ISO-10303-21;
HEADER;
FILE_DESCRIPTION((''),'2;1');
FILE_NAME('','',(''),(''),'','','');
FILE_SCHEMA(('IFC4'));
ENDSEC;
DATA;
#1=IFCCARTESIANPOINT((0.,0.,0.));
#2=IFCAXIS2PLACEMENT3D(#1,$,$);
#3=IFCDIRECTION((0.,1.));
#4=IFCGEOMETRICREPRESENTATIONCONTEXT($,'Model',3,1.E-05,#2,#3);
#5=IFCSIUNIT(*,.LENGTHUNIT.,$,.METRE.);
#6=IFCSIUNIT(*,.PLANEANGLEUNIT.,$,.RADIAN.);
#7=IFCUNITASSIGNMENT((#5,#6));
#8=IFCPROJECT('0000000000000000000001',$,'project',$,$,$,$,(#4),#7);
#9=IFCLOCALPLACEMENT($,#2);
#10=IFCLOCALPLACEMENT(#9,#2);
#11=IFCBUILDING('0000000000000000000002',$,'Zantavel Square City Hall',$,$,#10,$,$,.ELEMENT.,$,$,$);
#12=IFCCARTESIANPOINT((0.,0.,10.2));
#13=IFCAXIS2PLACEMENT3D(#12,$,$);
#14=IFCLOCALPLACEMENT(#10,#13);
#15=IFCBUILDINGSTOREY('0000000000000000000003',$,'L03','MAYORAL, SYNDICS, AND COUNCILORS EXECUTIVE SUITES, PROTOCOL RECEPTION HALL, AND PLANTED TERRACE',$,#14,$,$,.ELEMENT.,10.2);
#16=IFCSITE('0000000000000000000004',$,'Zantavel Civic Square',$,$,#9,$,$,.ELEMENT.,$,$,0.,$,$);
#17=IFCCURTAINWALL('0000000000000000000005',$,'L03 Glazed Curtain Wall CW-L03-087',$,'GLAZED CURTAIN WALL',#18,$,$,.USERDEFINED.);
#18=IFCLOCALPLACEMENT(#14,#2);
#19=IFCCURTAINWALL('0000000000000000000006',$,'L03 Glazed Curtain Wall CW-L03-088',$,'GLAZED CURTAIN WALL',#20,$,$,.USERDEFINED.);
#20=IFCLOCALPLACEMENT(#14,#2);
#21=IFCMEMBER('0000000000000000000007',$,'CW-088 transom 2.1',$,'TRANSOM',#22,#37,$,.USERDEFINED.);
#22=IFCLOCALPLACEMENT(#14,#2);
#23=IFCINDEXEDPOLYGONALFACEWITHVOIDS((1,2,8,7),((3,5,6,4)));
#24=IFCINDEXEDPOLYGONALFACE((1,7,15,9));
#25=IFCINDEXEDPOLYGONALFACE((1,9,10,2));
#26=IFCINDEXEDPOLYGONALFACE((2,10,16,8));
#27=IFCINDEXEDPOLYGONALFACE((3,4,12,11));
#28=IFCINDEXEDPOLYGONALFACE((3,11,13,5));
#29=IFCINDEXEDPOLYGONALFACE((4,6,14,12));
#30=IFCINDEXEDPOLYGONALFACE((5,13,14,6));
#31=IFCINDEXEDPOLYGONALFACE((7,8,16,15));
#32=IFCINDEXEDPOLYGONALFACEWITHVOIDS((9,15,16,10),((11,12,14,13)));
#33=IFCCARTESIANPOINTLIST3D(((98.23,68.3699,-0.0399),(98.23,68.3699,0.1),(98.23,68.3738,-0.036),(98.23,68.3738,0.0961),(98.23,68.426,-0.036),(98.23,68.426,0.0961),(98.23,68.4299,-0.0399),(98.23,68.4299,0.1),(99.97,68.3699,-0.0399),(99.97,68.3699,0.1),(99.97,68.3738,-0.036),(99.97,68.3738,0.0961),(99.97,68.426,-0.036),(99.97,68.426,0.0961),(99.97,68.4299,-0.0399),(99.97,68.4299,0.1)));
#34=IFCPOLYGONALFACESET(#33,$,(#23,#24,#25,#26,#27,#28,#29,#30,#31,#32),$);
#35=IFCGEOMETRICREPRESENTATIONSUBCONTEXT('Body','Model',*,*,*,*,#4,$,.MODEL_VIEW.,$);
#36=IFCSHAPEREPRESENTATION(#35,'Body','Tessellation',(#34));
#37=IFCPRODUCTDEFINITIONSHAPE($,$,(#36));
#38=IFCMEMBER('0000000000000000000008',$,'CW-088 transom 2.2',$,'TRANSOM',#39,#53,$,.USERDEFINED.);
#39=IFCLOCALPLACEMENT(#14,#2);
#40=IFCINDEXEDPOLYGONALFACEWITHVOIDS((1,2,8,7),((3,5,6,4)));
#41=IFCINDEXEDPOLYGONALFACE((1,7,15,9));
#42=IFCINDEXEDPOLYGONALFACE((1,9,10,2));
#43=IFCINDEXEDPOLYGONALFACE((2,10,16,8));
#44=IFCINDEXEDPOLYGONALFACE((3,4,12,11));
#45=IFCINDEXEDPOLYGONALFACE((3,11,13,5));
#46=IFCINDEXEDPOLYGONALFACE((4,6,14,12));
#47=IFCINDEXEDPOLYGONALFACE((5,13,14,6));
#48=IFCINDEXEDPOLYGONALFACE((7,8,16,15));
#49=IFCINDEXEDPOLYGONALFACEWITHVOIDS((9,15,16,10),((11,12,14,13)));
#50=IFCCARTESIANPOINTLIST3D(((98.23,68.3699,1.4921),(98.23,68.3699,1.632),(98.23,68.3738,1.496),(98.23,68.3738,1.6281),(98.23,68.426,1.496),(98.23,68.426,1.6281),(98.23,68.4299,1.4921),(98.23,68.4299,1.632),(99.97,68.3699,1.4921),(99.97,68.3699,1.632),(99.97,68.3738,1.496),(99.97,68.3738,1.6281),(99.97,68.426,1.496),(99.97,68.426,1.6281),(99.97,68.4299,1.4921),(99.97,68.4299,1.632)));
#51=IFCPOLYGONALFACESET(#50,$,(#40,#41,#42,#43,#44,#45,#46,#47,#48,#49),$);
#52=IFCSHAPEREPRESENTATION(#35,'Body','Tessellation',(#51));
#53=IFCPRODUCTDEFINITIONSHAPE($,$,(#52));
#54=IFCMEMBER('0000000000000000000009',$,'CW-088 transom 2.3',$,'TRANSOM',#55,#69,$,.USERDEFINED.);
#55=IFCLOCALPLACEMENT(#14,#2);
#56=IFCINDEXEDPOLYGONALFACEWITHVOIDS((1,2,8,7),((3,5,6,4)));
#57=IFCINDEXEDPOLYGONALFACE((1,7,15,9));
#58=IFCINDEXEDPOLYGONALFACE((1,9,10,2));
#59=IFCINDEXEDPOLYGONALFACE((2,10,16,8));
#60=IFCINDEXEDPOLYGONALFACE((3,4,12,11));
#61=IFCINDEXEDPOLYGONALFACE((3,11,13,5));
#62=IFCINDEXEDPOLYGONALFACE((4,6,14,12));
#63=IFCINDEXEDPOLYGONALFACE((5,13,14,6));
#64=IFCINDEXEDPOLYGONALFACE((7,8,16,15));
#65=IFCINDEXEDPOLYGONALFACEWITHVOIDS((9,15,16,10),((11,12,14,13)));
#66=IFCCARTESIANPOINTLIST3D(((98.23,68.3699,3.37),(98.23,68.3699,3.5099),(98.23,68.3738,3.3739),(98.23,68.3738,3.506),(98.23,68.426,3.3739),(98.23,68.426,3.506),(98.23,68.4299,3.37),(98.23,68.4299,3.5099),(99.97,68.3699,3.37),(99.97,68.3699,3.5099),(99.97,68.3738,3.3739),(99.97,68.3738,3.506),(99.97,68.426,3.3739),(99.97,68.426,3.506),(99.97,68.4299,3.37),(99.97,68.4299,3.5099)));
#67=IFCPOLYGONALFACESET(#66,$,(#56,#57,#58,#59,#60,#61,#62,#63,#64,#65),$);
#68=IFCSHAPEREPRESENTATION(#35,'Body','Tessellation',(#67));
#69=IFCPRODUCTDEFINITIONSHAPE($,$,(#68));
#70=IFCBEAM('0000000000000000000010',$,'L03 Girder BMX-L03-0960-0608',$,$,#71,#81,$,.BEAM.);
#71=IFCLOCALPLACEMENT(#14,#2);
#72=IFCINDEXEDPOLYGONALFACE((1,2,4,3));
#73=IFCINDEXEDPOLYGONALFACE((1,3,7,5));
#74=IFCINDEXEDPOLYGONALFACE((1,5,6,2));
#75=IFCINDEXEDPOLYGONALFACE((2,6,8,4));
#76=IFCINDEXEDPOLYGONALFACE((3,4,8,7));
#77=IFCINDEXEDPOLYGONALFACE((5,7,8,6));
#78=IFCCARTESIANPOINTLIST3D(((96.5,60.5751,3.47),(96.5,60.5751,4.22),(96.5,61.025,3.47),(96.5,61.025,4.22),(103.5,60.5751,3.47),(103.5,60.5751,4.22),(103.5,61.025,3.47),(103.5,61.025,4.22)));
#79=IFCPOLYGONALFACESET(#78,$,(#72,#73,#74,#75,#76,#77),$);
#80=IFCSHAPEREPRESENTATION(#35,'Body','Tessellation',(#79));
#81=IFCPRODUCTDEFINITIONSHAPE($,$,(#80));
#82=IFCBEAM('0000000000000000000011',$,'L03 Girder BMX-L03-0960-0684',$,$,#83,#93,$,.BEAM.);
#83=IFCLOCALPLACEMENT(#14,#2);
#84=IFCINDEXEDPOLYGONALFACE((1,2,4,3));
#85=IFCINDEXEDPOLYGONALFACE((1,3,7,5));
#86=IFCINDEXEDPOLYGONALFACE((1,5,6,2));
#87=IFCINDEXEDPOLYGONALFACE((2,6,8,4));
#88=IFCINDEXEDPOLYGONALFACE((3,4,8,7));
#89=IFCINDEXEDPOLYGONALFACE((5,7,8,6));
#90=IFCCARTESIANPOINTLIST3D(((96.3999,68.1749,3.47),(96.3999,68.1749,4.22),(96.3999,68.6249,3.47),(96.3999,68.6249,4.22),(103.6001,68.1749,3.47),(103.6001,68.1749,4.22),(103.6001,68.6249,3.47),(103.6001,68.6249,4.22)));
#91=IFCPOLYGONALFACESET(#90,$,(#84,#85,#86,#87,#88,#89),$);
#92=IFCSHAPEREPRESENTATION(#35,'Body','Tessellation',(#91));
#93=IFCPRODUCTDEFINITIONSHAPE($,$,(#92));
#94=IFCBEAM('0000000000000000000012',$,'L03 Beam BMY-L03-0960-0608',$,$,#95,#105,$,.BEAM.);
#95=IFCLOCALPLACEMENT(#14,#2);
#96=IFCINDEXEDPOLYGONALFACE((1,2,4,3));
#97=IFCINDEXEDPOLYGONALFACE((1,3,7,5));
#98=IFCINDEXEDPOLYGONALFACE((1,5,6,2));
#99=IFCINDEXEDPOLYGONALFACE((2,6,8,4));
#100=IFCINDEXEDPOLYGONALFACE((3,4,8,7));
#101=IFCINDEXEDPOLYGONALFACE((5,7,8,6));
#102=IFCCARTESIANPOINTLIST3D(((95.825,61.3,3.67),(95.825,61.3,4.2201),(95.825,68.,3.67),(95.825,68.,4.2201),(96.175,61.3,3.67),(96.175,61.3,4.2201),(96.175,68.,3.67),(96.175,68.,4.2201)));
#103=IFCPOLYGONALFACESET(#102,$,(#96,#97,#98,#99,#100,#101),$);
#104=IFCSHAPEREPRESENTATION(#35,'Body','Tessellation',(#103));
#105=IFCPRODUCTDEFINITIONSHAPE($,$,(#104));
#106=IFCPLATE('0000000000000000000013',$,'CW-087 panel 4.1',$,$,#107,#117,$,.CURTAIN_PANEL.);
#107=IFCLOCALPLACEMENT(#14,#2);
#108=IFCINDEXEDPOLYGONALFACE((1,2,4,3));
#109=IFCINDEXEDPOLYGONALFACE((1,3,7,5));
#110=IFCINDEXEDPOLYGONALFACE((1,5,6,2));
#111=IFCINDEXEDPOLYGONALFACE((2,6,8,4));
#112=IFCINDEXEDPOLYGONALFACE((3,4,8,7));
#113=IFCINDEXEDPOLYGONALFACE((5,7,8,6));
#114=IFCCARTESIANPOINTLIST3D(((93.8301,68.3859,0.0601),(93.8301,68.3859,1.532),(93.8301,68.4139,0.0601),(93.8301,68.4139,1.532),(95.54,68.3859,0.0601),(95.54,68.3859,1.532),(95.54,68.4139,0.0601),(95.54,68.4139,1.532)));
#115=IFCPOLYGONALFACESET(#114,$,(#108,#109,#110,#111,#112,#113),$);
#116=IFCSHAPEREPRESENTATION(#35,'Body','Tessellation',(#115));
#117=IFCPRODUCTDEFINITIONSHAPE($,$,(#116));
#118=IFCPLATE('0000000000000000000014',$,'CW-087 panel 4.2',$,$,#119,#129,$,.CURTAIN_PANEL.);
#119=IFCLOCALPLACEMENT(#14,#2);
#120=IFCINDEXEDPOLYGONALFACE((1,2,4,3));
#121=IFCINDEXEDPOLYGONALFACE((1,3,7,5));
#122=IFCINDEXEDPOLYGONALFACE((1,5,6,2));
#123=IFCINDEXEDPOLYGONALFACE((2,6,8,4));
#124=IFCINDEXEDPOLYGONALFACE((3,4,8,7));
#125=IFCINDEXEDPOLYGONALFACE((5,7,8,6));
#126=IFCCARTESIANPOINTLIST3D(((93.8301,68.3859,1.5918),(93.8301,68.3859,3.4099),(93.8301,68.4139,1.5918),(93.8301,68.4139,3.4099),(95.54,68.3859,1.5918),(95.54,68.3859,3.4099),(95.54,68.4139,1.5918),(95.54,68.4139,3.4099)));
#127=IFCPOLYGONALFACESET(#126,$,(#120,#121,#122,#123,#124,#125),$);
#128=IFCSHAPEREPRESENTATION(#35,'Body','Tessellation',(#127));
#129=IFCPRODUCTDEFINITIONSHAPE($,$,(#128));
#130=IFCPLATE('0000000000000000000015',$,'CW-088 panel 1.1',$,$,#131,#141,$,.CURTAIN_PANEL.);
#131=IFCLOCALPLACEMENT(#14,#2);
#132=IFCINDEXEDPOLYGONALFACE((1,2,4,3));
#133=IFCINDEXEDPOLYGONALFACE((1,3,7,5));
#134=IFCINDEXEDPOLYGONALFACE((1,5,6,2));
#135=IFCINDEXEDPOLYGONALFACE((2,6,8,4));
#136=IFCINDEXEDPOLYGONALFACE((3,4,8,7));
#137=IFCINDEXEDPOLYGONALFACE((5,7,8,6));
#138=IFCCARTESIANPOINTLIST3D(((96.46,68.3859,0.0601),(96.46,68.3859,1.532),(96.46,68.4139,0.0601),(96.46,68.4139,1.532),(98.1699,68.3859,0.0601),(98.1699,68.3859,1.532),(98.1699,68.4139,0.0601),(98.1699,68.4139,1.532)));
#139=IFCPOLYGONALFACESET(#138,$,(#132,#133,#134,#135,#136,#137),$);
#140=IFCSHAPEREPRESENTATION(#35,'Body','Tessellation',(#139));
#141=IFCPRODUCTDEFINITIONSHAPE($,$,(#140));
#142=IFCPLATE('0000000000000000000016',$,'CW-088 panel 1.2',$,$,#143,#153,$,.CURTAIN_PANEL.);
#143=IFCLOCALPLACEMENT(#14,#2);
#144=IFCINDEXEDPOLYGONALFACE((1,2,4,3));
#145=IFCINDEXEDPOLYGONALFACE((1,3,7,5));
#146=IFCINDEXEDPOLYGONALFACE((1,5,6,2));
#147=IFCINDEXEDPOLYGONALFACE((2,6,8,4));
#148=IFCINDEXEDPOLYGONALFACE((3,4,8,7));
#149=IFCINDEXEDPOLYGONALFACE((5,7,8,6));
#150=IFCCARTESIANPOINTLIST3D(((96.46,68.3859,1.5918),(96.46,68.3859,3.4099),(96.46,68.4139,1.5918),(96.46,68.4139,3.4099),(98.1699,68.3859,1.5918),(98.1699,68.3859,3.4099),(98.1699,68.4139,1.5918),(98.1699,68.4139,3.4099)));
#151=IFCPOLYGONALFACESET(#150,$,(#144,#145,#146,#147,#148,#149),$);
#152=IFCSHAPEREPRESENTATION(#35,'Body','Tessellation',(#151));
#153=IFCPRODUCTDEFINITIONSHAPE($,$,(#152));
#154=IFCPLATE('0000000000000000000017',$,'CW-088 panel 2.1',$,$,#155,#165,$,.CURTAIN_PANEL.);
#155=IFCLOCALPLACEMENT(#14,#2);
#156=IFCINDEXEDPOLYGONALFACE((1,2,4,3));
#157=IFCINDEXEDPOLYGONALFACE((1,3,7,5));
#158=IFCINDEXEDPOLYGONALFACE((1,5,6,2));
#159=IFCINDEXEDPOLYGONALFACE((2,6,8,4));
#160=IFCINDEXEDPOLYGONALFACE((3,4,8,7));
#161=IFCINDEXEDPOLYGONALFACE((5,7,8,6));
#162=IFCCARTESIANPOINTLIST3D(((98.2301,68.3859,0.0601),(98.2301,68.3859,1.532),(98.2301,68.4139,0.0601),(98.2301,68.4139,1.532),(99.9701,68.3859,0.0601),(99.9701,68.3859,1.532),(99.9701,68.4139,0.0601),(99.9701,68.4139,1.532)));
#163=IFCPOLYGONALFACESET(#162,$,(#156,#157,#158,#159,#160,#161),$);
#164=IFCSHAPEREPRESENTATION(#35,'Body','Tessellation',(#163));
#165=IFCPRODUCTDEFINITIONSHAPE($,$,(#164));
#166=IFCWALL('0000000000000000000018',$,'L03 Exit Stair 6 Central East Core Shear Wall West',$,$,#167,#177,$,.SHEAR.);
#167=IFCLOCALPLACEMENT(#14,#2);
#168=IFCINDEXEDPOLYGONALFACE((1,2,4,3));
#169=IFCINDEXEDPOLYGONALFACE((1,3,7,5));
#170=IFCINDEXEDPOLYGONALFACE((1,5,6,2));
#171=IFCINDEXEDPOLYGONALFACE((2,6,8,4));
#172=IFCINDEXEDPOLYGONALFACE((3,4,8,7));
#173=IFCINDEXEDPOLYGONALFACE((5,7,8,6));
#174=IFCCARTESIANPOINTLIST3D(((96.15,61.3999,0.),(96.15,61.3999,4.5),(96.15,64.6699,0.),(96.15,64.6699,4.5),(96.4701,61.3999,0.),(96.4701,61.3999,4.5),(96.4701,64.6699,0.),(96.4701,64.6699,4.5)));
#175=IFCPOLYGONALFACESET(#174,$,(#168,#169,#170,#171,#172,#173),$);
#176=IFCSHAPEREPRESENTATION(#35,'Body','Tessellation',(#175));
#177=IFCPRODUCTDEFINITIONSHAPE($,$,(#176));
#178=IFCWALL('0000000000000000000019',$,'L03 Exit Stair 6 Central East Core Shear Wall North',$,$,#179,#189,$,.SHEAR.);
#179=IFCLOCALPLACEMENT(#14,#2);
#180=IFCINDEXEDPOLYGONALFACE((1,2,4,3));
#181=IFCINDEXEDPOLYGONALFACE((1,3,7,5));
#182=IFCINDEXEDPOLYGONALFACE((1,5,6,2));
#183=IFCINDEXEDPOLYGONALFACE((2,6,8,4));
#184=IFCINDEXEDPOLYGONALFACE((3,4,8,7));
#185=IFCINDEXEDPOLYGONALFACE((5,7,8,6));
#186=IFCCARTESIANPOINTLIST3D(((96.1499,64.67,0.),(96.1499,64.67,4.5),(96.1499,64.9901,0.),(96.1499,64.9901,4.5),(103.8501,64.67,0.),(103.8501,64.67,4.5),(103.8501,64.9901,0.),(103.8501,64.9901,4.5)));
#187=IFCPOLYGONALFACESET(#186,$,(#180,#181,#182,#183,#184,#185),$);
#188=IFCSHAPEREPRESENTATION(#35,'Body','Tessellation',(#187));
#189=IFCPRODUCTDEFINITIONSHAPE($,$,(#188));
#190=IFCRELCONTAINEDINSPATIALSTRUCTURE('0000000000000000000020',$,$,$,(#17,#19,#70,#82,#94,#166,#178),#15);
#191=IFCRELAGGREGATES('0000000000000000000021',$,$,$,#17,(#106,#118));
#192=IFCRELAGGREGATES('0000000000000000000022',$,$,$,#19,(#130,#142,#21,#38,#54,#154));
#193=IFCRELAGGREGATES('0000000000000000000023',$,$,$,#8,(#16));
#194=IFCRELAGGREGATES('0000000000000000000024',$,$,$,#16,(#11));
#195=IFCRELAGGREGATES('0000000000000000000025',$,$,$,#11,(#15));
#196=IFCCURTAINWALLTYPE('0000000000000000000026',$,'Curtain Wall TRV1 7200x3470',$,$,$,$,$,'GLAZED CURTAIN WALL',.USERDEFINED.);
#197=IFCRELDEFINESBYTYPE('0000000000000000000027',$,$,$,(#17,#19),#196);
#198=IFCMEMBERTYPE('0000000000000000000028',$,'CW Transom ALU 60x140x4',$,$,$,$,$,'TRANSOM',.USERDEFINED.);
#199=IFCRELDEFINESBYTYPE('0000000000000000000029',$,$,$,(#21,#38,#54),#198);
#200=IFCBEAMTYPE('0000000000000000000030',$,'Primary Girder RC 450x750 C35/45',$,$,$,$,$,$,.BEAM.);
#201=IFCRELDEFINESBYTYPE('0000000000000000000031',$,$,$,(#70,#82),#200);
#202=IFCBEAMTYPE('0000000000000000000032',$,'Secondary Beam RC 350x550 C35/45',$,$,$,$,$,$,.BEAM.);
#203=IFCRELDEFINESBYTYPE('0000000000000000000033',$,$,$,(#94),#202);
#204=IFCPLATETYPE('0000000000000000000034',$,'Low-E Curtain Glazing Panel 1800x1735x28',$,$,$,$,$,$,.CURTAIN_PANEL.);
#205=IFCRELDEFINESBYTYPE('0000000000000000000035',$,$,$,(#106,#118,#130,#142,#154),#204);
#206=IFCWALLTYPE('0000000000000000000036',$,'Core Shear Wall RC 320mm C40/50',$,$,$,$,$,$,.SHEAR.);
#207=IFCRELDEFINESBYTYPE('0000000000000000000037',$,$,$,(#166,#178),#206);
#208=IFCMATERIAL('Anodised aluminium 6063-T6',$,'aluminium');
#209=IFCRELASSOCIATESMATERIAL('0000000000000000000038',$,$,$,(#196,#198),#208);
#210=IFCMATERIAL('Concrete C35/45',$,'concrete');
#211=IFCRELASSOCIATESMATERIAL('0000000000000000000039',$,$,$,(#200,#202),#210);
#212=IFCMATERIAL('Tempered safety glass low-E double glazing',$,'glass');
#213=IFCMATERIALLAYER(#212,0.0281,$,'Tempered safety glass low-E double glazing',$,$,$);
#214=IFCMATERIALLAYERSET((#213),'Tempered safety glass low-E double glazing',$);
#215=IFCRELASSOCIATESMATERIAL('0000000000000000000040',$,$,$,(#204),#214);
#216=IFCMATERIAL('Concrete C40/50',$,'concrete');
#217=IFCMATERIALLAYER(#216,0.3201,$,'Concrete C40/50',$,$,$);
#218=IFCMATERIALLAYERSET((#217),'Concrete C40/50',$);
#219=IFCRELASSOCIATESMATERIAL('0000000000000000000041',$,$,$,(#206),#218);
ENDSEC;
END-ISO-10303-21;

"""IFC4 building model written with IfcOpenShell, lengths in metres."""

from ifc_helpers import new_model, si_unit, direction, frame, frame_2d, origin, origin_2d, place, context, subcontext, project, spatial, rectangle, hollow_rectangle, extrude, material, layer, layer_set, material_profile, profile_set, type_object, element, aggregate, save


model = new_model("IFC4")

# Units and contexts
model_context = context("Model", 3, precision=1e-05, world=origin(), true_north=direction((0.0, 1.0)))
body_context = subcontext(model_context, "Body", "Model", "MODEL_VIEW")
ifc_project = project(units=[si_unit("LENGTHUNIT", "METRE"), si_unit("PLANEANGLEUNIT", "RADIAN")], contexts=[model_context])

# Site, building, storey
site_placement = place(None, origin())
site = spatial("IfcSite", under=ifc_project, at=site_placement, Name="Zantavel Civic Square", CompositionType="ELEMENT", RefElevation=0.0)
building_placement = place(site_placement, origin())
building = spatial("IfcBuilding", under=site, at=building_placement, Name="Zantavel Square City Hall", CompositionType="ELEMENT")
storey_placement = place(building_placement, frame((0.0, 0.0, 10.2)))
storey = spatial("IfcBuildingStorey", under=building, at=storey_placement, Name="L03", Description="MAYORAL, SYNDICS, AND COUNCILORS EXECUTIVE SUITES, PROTOCOL RECEPTION HALL, AND PLANTED TERRACE", CompositionType="ELEMENT", Elevation=10.2)

# Shared definitions
ifc_material_1 = material(Name="Concrete C40/50", Category="concrete")

# Curtain wall
ifc_material_2 = material(Name="Anodised aluminium 6063-T6", Category="aluminium")
curtain_wall_type = type_object("IfcCurtainWallType", Name="Curtain Wall TRV1 7200x3470", ElementType="GLAZED CURTAIN WALL", PredefinedType="USERDEFINED", material=ifc_material_2)
curtain_wall_1_placement = place(storey_placement, origin())
curtain_wall_1 = element("IfcCurtainWall", 1, at=curtain_wall_1_placement, inside=storey, type_object=curtain_wall_type, Name="L03 Glazed Curtain Wall CW-L03-087", ObjectType="GLAZED CURTAIN WALL", PredefinedType="USERDEFINED")

# Curtain wall
curtain_wall_2_placement = place(storey_placement, origin())
curtain_wall_2 = element("IfcCurtainWall", 2, at=curtain_wall_2_placement, inside=storey, type_object=curtain_wall_type, Name="L03 Glazed Curtain Wall CW-L03-088", ObjectType="GLAZED CURTAIN WALL", PredefinedType="USERDEFINED")

# Members
ifc_material_profile_1 = material_profile(ifc_material_2, hollow_rectangle(XDim=0.0601, YDim=0.1399, WallThickness=0.0039, at=origin_2d()), Name="ALU 60x140x4")
ifc_profile_set_1 = profile_set([ifc_material_profile_1], Name="Anodised aluminium 6063-T6")
member_type_1 = type_object("IfcMemberType", Name="CW Transom ALU 60x140x4", ElementType="TRANSOM", PredefinedType="USERDEFINED", material=ifc_profile_set_1)
member_1_placement = place(storey_placement, frame((98.23, 68.3999, 0.03), z_axis=(1.0, 0.0, 0.0), x_axis=(0.0, 1.0, 0.0)))
member_1 = element("IfcMember", 3, at=member_1_placement, type_object=member_type_1, Name="CW-088 transom 2.1", ObjectType="TRANSOM", PredefinedType="USERDEFINED", context=body_context, shape_type="SweptSolid", body=[
    extrude(hollow_rectangle(XDim=0.0601, YDim=0.1399, WallThickness=0.0039, at=origin_2d()), origin(), (0.0, 0.0, 1.0), 1.74),
])
member_2_placement = place(storey_placement, frame((98.23, 68.3999, 1.562), z_axis=(1.0, 0.0, 0.0), x_axis=(0.0, 1.0, 0.0)))
member_2 = element("IfcMember", 4, at=member_2_placement, type_object=member_type_1, Name="CW-088 transom 2.2", ObjectType="TRANSOM", PredefinedType="USERDEFINED", context=body_context, shape_type="SweptSolid", body=[
    extrude(hollow_rectangle(XDim=0.0601, YDim=0.1399, WallThickness=0.0039, at=origin_2d()), origin(), (0.0, 0.0, 1.0), 1.74),
])
member_3_placement = place(storey_placement, frame((98.23, 68.3999, 3.4399), z_axis=(1.0, 0.0, 0.0), x_axis=(0.0, 1.0, 0.0)))
member_3 = element("IfcMember", 5, at=member_3_placement, type_object=member_type_1, Name="CW-088 transom 2.3", ObjectType="TRANSOM", PredefinedType="USERDEFINED", context=body_context, shape_type="SweptSolid", body=[
    extrude(hollow_rectangle(XDim=0.0601, YDim=0.1399, WallThickness=0.0039, at=origin_2d()), origin(), (0.0, 0.0, 1.0), 1.74),
])

# Beams
ifc_material_3 = material(Name="Concrete C35/45", Category="concrete")
ifc_material_profile_2 = material_profile(ifc_material_3, rectangle(XDim=0.45, YDim=0.75, at=origin_2d()), Name="RC 450x750")
ifc_profile_set_2 = profile_set([ifc_material_profile_2], Name="Concrete C35/45")
beam_type_1 = type_object("IfcBeamType", Name="Primary Girder RC 450x750 C35/45", PredefinedType="BEAM", material=ifc_profile_set_2)
beam_1_placement = place(storey_placement, frame((96.5, 60.8, 3.845), z_axis=(1.0, 0.0, 0.0), x_axis=(0.0, 1.0, 0.0)))
element("IfcBeam", 6, at=beam_1_placement, inside=storey, type_object=beam_type_1, Name="L03 Girder BMX-L03-0960-0608", PredefinedType="BEAM", context=body_context, shape_type="SweptSolid", body=[
    extrude(rectangle(XDim=0.45, YDim=0.75, at=origin_2d()), origin(), (0.0, 0.0, 1.0), 7.0),
])
beam_2_placement = place(storey_placement, frame((96.3999, 68.3999, 3.845), z_axis=(1.0, 0.0, 0.0), x_axis=(0.0, 1.0, 0.0)))
element("IfcBeam", 7, at=beam_2_placement, inside=storey, type_object=beam_type_1, Name="L03 Girder BMX-L03-0960-0684", PredefinedType="BEAM", context=body_context, shape_type="SweptSolid", body=[
    extrude(rectangle(XDim=0.45, YDim=0.75, at=origin_2d()), origin(), (0.0, 0.0, 1.0), 7.2002),
])
ifc_material_profile_3 = material_profile(ifc_material_3, rectangle(XDim=0.3501, YDim=0.55, at=origin_2d()), Name="RC 350x550")
ifc_profile_set_3 = profile_set([ifc_material_profile_3], Name="Concrete C35/45")
beam_type_2 = type_object("IfcBeamType", Name="Secondary Beam RC 350x550 C35/45", PredefinedType="BEAM", material=ifc_profile_set_3)
beam_3_placement = place(storey_placement, frame((96.0, 61.3, 3.9451), z_axis=(0.0, 1.0, 0.0), x_axis=(-1.0, 0.0, 0.0)))
element("IfcBeam", 8, at=beam_3_placement, inside=storey, type_object=beam_type_2, Name="L03 Beam BMY-L03-0960-0608", PredefinedType="BEAM", context=body_context, shape_type="SweptSolid", body=[
    extrude(rectangle(XDim=0.3501, YDim=0.55, at=origin_2d()), origin(), (0.0, 0.0, 1.0), 6.7),
])

# Plates
ifc_material_4 = material(Name="Tempered safety glass low-E double glazing", Category="glass")
ifc_layer_1 = layer(ifc_material_4, 0.0281, Name="Tempered safety glass low-E double glazing")
ifc_layer_set_1 = layer_set([ifc_layer_1], Name="Tempered safety glass low-E double glazing")
plate_type = type_object("IfcPlateType", Name="Low-E Curtain Glazing Panel 1800x1735x28", PredefinedType="CURTAIN_PANEL", material=ifc_layer_set_1)
plate_1_placement = place(storey_placement, frame((94.6851, 68.3999, 0.0601), z_axis=(0.0, 0.0, 1.0), x_axis=(1.0, 0.0, 0.0)))
plate_1 = element("IfcPlate", 9, at=plate_1_placement, type_object=plate_type, Name="CW-087 panel 4.1", PredefinedType="CURTAIN_PANEL", context=body_context, shape_type="SweptSolid", body=[
    extrude(rectangle(XDim=1.71, YDim=0.0281, at=origin_2d()), origin(), (0.0, 0.0, 1.0), 1.4719),
])
plate_2_placement = place(storey_placement, frame((94.6851, 68.3999, 1.5918), z_axis=(0.0, 0.0, 1.0), x_axis=(1.0, 0.0, 0.0)))
plate_2 = element("IfcPlate", 10, at=plate_2_placement, type_object=plate_type, Name="CW-087 panel 4.2", PredefinedType="CURTAIN_PANEL", context=body_context, shape_type="SweptSolid", body=[
    extrude(rectangle(XDim=1.71, YDim=0.0281, at=origin_2d()), origin(), (0.0, 0.0, 1.0), 1.8181),
])
aggregate(curtain_wall_1, [plate_1, plate_2])
plate_3_placement = place(storey_placement, frame((97.3149, 68.3999, 0.0601), z_axis=(0.0, 0.0, 1.0), x_axis=(1.0, 0.0, 0.0)))
plate_3 = element("IfcPlate", 11, at=plate_3_placement, type_object=plate_type, Name="CW-088 panel 1.1", PredefinedType="CURTAIN_PANEL", context=body_context, shape_type="SweptSolid", body=[
    extrude(rectangle(XDim=1.71, YDim=0.0281, at=origin_2d()), origin(), (0.0, 0.0, 1.0), 1.4719),
])
plate_4_placement = place(storey_placement, frame((97.3149, 68.3999, 1.5918), z_axis=(0.0, 0.0, 1.0), x_axis=(1.0, 0.0, 0.0)))
plate_4 = element("IfcPlate", 12, at=plate_4_placement, type_object=plate_type, Name="CW-088 panel 1.2", PredefinedType="CURTAIN_PANEL", context=body_context, shape_type="SweptSolid", body=[
    extrude(rectangle(XDim=1.71, YDim=0.0281, at=origin_2d()), origin(), (0.0, 0.0, 1.0), 1.8181),
])
plate_5_placement = place(storey_placement, frame((99.1001, 68.3999, 0.0601), z_axis=(0.0, 0.0, 1.0), x_axis=(1.0, 0.0, 0.0)))
plate_5 = element("IfcPlate", 13, at=plate_5_placement, type_object=plate_type, Name="CW-088 panel 2.1", PredefinedType="CURTAIN_PANEL", context=body_context, shape_type="SweptSolid", body=[
    extrude(rectangle(XDim=1.74, YDim=0.0281, at=origin_2d()), origin(), (0.0, 0.0, 1.0), 1.4719),
])
aggregate(curtain_wall_2, [plate_3, plate_4, member_1, member_2, member_3, plate_5])

# Walls
ifc_layer_2 = layer(ifc_material_1, 0.3201, Name="Concrete C40/50")
ifc_layer_set_2 = layer_set([ifc_layer_2], Name="Concrete C40/50")
wall_type = type_object("IfcWallType", Name="Core Shear Wall RC 320mm C40/50", PredefinedType="SHEAR", material=ifc_layer_set_2)
wall_1_placement = place(storey_placement, frame((96.3101, 61.3999, 0.0), z_axis=(0.0, 0.0, 1.0), x_axis=(0.0, 1.0, 0.0)))
element("IfcWall", 14, at=wall_1_placement, inside=storey, type_object=wall_type, Name="L03 Exit Stair 6 Central East Core Shear Wall West", PredefinedType="SHEAR", context=body_context, shape_type="SweptSolid", body=[
    extrude(rectangle(XDim=3.27, YDim=0.3201, at=frame_2d((1.635, 0.0))), origin(), (0.0, 0.0, 1.0), 4.5),
])
wall_2_placement = place(storey_placement, frame((96.1499, 64.8301, 0.0), z_axis=(0.0, 0.0, 1.0), x_axis=(1.0, 0.0, 0.0)))
element("IfcWall", 15, at=wall_2_placement, inside=storey, type_object=wall_type, Name="L03 Exit Stair 6 Central East Core Shear Wall North", PredefinedType="SHEAR", context=body_context, shape_type="SweptSolid", body=[
    extrude(rectangle(XDim=7.7002, YDim=0.3201, at=frame_2d((3.8501, 0.0))), origin(), (0.0, 0.0, 1.0), 4.5),
])

save(model, "model.ifc")
